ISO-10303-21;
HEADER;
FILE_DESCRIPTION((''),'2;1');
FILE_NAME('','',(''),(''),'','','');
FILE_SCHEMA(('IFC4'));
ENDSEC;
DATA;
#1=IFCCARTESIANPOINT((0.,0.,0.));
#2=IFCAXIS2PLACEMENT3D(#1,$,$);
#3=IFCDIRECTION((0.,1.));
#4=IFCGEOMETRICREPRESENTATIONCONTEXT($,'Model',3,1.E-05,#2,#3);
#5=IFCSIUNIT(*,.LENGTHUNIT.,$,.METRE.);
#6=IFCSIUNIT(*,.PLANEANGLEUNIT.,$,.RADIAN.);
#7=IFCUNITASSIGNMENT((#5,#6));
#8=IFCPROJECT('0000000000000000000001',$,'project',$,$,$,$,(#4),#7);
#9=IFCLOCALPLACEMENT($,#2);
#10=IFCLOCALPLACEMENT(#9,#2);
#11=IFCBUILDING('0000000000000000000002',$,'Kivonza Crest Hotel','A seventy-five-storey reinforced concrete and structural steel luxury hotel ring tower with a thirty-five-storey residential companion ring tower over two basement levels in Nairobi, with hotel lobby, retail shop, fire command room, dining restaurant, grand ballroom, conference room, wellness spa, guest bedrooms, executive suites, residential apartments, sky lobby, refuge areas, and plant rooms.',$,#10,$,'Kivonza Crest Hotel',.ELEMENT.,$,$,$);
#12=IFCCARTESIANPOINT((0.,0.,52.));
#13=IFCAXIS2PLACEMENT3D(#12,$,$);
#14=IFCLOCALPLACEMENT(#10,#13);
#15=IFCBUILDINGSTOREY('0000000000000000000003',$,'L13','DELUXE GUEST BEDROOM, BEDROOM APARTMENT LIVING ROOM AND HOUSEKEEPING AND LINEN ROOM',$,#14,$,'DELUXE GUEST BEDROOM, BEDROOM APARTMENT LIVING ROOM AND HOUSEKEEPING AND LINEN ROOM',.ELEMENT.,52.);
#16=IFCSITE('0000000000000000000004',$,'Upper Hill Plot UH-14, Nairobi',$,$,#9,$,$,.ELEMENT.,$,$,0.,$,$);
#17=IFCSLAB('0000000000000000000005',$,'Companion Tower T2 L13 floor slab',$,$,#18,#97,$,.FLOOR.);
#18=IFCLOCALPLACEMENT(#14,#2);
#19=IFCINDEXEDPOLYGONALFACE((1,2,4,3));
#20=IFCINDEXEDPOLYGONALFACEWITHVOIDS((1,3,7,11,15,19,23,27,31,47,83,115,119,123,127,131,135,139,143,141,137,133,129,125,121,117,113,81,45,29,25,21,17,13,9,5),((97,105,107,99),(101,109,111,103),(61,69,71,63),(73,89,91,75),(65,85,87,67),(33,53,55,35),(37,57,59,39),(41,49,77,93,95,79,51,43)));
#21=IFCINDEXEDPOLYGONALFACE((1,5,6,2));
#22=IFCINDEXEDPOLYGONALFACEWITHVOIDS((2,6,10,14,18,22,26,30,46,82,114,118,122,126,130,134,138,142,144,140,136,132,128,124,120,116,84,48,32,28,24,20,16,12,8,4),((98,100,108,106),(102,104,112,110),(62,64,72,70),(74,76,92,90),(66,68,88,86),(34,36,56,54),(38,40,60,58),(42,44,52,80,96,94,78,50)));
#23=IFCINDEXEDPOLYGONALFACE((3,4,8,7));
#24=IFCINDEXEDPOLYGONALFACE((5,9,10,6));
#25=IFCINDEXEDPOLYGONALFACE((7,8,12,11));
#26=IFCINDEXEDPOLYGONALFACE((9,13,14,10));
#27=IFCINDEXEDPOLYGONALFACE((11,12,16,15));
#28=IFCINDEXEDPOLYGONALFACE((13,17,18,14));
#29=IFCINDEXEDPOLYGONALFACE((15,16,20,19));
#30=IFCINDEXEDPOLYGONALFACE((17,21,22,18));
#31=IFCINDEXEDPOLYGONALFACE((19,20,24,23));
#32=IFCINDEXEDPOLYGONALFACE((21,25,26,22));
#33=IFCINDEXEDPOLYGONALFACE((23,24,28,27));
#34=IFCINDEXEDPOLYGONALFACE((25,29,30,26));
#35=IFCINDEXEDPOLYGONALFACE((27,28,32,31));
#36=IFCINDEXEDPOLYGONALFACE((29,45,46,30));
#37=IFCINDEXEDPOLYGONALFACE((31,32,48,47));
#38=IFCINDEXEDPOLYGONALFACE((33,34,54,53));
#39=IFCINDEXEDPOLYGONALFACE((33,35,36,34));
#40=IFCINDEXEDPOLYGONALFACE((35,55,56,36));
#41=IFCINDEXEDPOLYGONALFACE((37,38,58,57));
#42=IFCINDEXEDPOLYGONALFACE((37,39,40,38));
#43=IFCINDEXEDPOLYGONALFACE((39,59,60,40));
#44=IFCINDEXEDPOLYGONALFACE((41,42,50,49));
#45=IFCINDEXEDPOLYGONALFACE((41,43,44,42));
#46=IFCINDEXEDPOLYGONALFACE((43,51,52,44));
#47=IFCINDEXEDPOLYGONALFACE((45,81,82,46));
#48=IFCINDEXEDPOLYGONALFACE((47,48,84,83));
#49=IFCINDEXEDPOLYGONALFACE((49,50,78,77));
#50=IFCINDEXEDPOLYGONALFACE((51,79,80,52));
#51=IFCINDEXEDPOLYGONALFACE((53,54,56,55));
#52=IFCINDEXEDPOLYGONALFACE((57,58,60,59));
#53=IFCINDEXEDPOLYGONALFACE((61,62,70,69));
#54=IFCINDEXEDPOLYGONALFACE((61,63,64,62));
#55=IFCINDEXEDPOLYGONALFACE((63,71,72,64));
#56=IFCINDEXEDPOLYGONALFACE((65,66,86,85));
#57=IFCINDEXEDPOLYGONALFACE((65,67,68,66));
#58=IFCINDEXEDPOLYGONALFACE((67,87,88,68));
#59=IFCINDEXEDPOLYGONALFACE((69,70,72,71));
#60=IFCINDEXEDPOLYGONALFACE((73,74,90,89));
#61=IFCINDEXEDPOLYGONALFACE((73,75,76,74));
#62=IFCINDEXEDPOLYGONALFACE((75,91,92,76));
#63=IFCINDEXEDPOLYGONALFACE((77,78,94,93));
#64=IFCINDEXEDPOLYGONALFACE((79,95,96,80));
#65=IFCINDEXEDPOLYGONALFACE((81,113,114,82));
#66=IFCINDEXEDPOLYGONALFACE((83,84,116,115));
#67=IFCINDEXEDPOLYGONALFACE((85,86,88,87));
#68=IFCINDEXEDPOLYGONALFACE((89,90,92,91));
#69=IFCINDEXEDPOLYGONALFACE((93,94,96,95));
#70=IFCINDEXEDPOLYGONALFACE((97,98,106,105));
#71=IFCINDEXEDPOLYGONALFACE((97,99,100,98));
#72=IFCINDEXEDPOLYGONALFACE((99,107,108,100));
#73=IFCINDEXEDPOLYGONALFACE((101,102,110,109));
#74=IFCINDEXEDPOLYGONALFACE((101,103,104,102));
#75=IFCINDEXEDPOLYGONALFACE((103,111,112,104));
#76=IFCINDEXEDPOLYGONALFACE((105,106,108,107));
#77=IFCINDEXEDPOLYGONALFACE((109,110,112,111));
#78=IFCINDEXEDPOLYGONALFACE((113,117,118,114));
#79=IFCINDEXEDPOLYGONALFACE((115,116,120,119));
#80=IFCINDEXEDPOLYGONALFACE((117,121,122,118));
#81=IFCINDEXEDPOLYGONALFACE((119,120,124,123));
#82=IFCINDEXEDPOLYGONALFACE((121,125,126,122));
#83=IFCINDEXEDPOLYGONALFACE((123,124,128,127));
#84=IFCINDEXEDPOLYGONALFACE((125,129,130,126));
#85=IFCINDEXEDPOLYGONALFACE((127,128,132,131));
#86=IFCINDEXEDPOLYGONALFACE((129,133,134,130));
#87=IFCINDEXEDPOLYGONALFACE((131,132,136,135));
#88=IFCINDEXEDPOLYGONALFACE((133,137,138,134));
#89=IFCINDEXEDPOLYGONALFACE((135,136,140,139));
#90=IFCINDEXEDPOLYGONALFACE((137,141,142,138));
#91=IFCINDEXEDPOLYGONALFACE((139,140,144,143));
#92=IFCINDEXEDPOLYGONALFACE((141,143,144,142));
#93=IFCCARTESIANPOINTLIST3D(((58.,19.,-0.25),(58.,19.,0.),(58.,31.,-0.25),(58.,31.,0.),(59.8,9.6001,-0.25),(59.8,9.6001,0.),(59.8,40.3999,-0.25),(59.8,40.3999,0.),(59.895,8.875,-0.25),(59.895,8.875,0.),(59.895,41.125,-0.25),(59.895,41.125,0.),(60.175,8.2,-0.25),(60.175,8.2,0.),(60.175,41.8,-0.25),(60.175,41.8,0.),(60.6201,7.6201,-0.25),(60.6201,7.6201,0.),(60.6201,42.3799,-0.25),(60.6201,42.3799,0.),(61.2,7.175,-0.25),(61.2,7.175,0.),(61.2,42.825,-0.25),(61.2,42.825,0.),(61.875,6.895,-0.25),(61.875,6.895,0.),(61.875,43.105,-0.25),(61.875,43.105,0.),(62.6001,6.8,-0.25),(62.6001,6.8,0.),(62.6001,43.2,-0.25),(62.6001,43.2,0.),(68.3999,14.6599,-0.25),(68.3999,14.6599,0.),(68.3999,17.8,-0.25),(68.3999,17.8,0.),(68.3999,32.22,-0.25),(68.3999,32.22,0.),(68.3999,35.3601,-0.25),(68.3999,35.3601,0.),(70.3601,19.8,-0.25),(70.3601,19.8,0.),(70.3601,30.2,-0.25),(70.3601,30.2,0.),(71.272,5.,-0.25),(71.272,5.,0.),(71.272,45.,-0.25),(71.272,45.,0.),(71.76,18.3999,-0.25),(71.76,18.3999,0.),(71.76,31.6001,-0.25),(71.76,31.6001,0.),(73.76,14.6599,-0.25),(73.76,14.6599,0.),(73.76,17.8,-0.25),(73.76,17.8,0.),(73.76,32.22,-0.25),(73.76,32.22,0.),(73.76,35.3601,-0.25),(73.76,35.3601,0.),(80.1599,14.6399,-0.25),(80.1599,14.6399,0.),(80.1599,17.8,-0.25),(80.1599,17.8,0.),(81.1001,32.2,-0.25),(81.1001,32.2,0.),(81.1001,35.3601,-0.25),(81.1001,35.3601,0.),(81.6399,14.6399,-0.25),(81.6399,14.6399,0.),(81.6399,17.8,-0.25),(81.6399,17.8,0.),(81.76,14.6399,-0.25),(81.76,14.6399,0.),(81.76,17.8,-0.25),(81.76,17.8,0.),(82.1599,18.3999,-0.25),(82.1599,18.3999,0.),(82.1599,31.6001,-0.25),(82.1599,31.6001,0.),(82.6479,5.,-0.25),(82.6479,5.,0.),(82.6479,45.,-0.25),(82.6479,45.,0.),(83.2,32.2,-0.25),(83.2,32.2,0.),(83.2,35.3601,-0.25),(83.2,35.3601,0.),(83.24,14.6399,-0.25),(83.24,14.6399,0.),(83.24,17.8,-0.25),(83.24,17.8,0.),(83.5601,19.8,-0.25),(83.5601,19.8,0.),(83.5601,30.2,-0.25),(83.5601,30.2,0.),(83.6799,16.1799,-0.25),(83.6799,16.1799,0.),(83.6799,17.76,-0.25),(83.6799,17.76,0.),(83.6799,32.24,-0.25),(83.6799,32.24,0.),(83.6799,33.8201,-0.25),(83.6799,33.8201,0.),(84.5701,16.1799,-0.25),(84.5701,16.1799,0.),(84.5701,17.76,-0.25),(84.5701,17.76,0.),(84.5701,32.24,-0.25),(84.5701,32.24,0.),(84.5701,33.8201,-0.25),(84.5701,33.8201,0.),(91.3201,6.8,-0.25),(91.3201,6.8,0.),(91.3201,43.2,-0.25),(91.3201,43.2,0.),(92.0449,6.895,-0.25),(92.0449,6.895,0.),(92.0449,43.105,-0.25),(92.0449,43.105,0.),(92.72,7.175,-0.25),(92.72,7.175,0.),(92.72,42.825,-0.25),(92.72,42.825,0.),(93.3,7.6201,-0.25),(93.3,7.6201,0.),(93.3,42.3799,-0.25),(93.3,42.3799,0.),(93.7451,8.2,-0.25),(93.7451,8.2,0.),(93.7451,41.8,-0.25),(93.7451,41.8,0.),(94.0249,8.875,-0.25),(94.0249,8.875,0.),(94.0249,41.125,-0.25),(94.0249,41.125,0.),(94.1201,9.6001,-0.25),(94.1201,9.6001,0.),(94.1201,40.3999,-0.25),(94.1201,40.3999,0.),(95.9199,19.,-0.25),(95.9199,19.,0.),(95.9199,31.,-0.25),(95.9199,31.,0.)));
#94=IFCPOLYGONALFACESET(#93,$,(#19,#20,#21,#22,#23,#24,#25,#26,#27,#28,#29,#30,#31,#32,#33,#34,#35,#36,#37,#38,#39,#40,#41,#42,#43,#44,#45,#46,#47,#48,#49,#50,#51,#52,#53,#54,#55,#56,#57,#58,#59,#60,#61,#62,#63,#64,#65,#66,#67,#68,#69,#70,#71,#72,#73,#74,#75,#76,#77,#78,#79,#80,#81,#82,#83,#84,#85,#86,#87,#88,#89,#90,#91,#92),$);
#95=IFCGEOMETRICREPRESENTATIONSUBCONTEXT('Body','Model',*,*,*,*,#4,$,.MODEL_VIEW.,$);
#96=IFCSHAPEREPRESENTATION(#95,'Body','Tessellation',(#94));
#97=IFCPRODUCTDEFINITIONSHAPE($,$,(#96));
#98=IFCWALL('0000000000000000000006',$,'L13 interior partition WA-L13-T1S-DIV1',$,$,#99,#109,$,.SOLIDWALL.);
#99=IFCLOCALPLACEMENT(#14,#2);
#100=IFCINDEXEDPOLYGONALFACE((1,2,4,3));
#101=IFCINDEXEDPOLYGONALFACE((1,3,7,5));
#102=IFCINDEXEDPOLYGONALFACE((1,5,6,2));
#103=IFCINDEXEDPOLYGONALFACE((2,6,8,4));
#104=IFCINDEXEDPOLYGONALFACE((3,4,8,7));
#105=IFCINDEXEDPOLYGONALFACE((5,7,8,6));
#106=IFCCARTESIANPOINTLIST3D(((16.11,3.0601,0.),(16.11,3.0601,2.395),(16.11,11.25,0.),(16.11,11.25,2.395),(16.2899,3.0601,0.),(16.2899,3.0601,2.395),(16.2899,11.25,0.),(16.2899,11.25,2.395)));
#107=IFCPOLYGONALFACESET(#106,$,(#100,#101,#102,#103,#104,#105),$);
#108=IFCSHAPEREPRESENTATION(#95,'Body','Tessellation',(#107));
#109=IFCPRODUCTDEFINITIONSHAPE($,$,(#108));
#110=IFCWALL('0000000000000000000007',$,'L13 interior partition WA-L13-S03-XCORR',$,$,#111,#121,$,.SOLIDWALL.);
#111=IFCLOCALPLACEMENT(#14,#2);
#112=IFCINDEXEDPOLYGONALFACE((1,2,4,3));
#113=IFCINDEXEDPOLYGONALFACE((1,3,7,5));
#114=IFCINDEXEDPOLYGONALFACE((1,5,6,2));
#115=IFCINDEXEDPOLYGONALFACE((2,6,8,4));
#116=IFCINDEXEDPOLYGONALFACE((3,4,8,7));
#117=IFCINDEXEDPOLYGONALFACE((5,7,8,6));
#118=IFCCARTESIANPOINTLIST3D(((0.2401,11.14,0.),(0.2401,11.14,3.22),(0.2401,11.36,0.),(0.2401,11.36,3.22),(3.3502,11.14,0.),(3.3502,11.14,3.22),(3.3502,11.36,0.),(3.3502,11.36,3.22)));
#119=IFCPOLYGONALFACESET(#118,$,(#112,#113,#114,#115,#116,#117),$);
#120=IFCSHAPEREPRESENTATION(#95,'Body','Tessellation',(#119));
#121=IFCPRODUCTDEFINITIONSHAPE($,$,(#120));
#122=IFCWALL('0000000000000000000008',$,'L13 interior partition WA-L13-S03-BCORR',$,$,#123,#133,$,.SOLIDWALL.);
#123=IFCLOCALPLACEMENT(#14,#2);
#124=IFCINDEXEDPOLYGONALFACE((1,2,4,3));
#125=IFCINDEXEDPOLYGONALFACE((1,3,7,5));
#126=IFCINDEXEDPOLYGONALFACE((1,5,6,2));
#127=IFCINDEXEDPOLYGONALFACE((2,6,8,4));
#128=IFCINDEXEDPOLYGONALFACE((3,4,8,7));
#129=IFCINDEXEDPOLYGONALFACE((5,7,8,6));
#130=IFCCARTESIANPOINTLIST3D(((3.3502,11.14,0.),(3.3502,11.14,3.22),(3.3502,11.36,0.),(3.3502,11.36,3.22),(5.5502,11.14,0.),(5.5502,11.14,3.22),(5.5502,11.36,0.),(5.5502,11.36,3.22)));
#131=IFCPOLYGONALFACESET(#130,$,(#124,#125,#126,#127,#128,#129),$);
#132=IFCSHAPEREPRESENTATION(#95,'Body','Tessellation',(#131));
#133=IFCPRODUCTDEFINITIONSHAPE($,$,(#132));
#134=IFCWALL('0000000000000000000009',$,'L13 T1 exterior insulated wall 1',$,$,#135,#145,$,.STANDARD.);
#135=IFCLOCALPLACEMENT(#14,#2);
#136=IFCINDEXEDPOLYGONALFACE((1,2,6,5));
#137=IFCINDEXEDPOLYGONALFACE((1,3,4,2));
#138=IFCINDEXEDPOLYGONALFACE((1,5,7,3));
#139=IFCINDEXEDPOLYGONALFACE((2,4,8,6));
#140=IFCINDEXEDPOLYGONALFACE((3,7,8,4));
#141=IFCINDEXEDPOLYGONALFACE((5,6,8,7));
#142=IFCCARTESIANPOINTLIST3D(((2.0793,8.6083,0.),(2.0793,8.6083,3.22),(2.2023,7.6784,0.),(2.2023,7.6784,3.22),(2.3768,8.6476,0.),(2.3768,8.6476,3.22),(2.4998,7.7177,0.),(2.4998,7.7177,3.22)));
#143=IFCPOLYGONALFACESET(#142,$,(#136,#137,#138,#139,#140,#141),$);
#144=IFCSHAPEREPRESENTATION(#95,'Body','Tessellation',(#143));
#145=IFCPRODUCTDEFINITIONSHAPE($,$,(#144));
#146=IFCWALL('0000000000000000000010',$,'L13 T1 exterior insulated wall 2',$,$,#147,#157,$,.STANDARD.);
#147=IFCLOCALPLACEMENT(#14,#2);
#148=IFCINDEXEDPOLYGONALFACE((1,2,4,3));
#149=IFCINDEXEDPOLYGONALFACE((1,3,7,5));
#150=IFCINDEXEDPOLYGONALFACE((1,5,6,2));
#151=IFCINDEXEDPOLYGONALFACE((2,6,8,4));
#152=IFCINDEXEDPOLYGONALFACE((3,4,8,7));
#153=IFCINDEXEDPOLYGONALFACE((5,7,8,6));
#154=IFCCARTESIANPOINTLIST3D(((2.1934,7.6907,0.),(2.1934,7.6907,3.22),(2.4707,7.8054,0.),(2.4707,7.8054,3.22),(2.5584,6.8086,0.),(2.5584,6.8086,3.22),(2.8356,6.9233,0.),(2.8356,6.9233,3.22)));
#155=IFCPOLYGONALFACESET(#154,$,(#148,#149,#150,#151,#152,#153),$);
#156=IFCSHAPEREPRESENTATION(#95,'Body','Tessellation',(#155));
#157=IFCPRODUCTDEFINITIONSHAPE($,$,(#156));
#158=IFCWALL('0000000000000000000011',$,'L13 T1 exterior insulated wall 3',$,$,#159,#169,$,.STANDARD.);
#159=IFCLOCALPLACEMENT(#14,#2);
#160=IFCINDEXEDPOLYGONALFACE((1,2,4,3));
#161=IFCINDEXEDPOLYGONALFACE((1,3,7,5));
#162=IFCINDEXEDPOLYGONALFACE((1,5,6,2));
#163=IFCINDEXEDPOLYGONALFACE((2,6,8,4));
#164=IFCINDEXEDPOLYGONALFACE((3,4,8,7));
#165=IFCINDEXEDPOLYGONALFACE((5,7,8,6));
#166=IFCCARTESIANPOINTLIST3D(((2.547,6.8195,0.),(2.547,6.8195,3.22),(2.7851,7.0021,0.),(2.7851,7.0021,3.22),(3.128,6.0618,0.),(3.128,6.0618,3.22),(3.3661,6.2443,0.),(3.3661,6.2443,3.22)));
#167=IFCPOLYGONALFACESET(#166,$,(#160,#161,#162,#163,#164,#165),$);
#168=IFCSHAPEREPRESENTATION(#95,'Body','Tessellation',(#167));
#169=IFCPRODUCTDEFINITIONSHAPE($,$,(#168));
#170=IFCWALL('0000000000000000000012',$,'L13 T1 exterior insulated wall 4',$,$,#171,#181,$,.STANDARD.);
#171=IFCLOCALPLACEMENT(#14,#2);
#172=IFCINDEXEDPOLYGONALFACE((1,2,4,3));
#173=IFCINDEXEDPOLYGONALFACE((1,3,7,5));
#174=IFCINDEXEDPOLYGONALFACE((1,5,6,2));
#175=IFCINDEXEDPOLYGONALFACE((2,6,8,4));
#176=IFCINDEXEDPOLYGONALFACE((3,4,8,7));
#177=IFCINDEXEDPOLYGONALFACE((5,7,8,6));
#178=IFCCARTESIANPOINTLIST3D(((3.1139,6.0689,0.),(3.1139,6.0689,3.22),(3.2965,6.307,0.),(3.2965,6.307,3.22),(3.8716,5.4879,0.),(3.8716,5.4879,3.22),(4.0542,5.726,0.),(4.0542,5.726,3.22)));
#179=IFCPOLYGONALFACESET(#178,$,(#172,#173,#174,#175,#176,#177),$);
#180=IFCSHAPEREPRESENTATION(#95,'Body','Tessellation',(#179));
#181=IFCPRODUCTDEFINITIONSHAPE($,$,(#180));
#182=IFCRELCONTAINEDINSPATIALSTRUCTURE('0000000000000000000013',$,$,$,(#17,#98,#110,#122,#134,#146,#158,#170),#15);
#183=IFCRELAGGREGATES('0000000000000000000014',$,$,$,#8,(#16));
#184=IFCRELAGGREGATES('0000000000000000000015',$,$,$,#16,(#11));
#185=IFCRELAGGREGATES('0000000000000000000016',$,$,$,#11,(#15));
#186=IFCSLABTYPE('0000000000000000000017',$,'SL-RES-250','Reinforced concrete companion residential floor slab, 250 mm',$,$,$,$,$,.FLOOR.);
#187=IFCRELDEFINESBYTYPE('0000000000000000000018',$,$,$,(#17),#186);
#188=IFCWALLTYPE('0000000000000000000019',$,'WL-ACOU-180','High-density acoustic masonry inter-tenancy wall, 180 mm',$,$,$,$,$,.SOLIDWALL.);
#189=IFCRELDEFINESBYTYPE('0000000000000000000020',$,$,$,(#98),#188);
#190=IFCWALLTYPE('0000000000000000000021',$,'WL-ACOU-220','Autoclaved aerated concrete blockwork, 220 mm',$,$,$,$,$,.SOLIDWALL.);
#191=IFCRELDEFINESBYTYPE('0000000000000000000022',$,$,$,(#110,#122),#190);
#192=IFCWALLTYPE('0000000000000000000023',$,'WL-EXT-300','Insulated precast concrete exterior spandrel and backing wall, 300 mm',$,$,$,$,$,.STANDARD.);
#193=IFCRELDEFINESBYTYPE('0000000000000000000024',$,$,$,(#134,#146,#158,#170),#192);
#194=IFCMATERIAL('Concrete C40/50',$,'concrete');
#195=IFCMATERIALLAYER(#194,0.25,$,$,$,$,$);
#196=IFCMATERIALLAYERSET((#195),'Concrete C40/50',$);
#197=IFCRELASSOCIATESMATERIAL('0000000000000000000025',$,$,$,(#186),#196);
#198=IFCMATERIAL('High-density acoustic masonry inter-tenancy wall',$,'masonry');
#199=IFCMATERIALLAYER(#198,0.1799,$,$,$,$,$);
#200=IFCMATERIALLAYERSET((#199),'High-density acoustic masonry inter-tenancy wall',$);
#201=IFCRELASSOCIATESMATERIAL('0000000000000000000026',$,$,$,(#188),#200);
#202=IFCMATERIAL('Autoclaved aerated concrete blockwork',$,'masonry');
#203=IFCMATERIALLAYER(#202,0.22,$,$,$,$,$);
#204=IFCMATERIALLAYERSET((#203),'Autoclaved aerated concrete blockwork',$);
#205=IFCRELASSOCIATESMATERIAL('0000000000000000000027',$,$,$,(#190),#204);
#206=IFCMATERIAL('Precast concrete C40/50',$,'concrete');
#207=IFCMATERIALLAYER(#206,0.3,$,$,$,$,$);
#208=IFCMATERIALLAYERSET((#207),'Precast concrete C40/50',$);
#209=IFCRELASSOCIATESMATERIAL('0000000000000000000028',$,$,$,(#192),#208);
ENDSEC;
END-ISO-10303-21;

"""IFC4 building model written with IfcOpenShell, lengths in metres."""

from ifc_helpers import new_model, si_unit, direction, frame, frame_2d, origin, place, context, subcontext, project, spatial, polyline, rectangle, outline, extrude, material, layer, layer_set, type_object, element, save


model = new_model("IFC4")

# Units and contexts
model_context = context("Model", 3, precision=1e-05, world=origin(), true_north=direction((0.0, 1.0)))
body_context = subcontext(model_context, "Body", "Model", "MODEL_VIEW")
ifc_project = project(units=[si_unit("LENGTHUNIT", "METRE"), si_unit("PLANEANGLEUNIT", "RADIAN")], contexts=[model_context])

# Site, building, storey
site_placement = place(None, origin())
site = spatial("IfcSite", under=ifc_project, at=site_placement, Name="Upper Hill Plot UH-14, Nairobi", CompositionType="ELEMENT", RefElevation=0.0)
building_placement = place(site_placement, origin())
building = spatial("IfcBuilding", under=site, at=building_placement, Name="Kivonza Crest Hotel", Description="A seventy-five-storey reinforced concrete and structural steel luxury hotel ring tower with a thirty-five-storey residential companion ring tower over two basement levels in Nairobi, with hotel lobby, retail shop, fire command room, dining restaurant, grand ballroom, conference room, wellness spa, guest bedrooms, executive suites, residential apartments, sky lobby, refuge areas, and plant rooms.", LongName="Kivonza Crest Hotel", CompositionType="ELEMENT")
storey_placement = place(building_placement, frame((0.0, 0.0, 52.0)))
storey = spatial("IfcBuildingStorey", under=building, at=storey_placement, Name="L13", Description="DELUXE GUEST BEDROOM, BEDROOM APARTMENT LIVING ROOM AND HOUSEKEEPING AND LINEN ROOM", LongName="DELUXE GUEST BEDROOM, BEDROOM APARTMENT LIVING ROOM AND HOUSEKEEPING AND LINEN ROOM", CompositionType="ELEMENT", Elevation=52.0)

# Shared definitions
ifc_material_1 = material(Name="Concrete C40/50", Category="concrete")

# Slab
ifc_layer_1 = layer(ifc_material_1, 0.25)
ifc_layer_set_1 = layer_set([ifc_layer_1], Name="Concrete C40/50")
slab_type_1 = type_object("IfcSlabType", Name="SL-RES-250", Description="Reinforced concrete companion residential floor slab, 250 mm", PredefinedType="FLOOR", material=ifc_layer_set_1)
slab_1_placement = place(storey_placement, frame((0.0, 0.0, -0.25)))
element("IfcSlab", 1, at=slab_1_placement, inside=storey, type_object=slab_type_1, Name="Companion Tower T2 L13 floor slab", PredefinedType="FLOOR", context=body_context, shape_type="SweptSolid", body=[
    extrude(outline(polyline([(59.8, 9.6001), (59.895, 8.875), (60.175, 8.2), (60.6201, 7.6201), (61.2, 7.175), (61.875, 6.895), (62.6001, 6.8), (71.272, 5.0), (82.6479, 5.0), (91.3201, 6.8), (92.0449, 6.895), (92.72, 7.175), (93.3, 7.6201), (93.7451, 8.2), (94.0249, 8.875), (94.1201, 9.6001), (95.9199, 19.0), (95.9199, 31.0), (94.1201, 40.3999), (94.0249, 41.125), (93.7451, 41.8), (93.3, 42.3799), (92.72, 42.825), (92.0449, 43.105), (91.3201, 43.2), (82.6479, 45.0), (71.272, 45.0), (62.6001, 43.2), (61.875, 43.105), (61.2, 42.825), (60.6201, 42.3799), (60.175, 41.8), (59.895, 41.125), (59.8, 40.3999), (58.0, 31.0), (58.0, 19.0), (59.8, 9.6001)]), holes=[polyline([(71.76, 18.3999), (82.1599, 18.3999), (83.5601, 19.8), (83.5601, 30.2), (82.1599, 31.6001), (71.76, 31.6001), (70.3601, 30.2), (70.3601, 19.8), (71.76, 18.3999)]), polyline([(68.3999, 32.22), (73.76, 32.22), (73.76, 35.3601), (68.3999, 35.3601), (68.3999, 32.22)]), polyline([(68.3999, 14.6599), (73.76, 14.6599), (73.76, 17.8), (68.3999, 17.8), (68.3999, 14.6599)]), polyline([(83.6799, 32.24), (84.5701, 32.24), (84.5701, 33.8201), (83.6799, 33.8201), (83.6799, 32.24)]), polyline([(83.6799, 16.1799), (84.5701, 16.1799), (84.5701, 17.76), (83.6799, 17.76), (83.6799, 16.1799)]), polyline([(81.1001, 32.2), (83.2, 32.2), (83.2, 35.3601), (81.1001, 35.3601), (81.1001, 32.2)]), polyline([(80.1599, 14.6399), (81.6399, 14.6399), (81.6399, 17.8), (80.1599, 17.8), (80.1599, 14.6399)]), polyline([(81.76, 14.6399), (83.24, 14.6399), (83.24, 17.8), (81.76, 17.8), (81.76, 14.6399)])]), origin(), (0.0, 0.0, 1.0), 0.25),
])

# Walls
ifc_material_2 = material(Name="High-density acoustic masonry inter-tenancy wall", Category="masonry")
ifc_layer_2 = layer(ifc_material_2, 0.1799)
ifc_layer_set_2 = layer_set([ifc_layer_2], Name="High-density acoustic masonry inter-tenancy wall")
wall_type_1 = type_object("IfcWallType", Name="WL-ACOU-180", Description="High-density acoustic masonry inter-tenancy wall, 180 mm", PredefinedType="SOLIDWALL", material=ifc_layer_set_2)
wall_1_placement = place(storey_placement, frame((16.2, 3.0601, 0.0), z_axis=(0.0, 0.0, 1.0), x_axis=(0.0, 1.0, 0.0)))
element("IfcWall", 2, at=wall_1_placement, inside=storey, type_object=wall_type_1, Name="L13 interior partition WA-L13-T1S-DIV1", PredefinedType="SOLIDWALL", context=body_context, shape_type="SweptSolid", body=[
    extrude(rectangle(XDim=8.1899, YDim=0.1799, at=frame_2d((4.095, 0.0))), origin(), (0.0, 0.0, 1.0), 2.395),
])
ifc_material_3 = material(Name="Autoclaved aerated concrete blockwork", Category="masonry")
ifc_layer_3 = layer(ifc_material_3, 0.22)
ifc_layer_set_3 = layer_set([ifc_layer_3], Name="Autoclaved aerated concrete blockwork")
wall_type_2 = type_object("IfcWallType", Name="WL-ACOU-220", Description="Autoclaved aerated concrete blockwork, 220 mm", PredefinedType="SOLIDWALL", material=ifc_layer_set_3)
wall_2_placement = place(storey_placement, frame((0.24, 11.25, 0.0), z_axis=(0.0, 0.0, 1.0), x_axis=(1.0, 0.0, 0.0)))
element("IfcWall", 3, at=wall_2_placement, inside=storey, type_object=wall_type_2, Name="L13 interior partition WA-L13-S03-XCORR", PredefinedType="SOLIDWALL", context=body_context, shape_type="SweptSolid", body=[
    extrude(rectangle(XDim=3.1101, YDim=0.22, at=frame_2d((1.5552, 0.0))), origin(), (0.0, 0.0, 1.0), 3.22),
])
wall_3_placement = place(storey_placement, frame((3.3501, 11.25, 0.0), z_axis=(0.0, 0.0, 1.0), x_axis=(1.0, 0.0, 0.0)))
element("IfcWall", 4, at=wall_3_placement, inside=storey, type_object=wall_type_2, Name="L13 interior partition WA-L13-S03-BCORR", PredefinedType="SOLIDWALL", context=body_context, shape_type="SweptSolid", body=[
    extrude(rectangle(XDim=2.2, YDim=0.22, at=frame_2d((1.1001, 0.0))), origin(), (0.0, 0.0, 1.0), 3.22),
])
ifc_material_4 = material(Name="Precast concrete C40/50", Category="concrete")
ifc_layer_4 = layer(ifc_material_4, 0.3)
ifc_layer_set_4 = layer_set([ifc_layer_4], Name="Precast concrete C40/50")
wall_type_3 = type_object("IfcWallType", Name="WL-EXT-300", Description="Insulated precast concrete exterior spandrel and backing wall, 300 mm", PredefinedType="STANDARD", material=ifc_layer_set_4)
wall_4_placement = place(storey_placement, frame((2.228, 8.6279, 0.0), z_axis=(0.0, 0.0, 1.0), x_axis=(0.131175, -0.991359, 0.0)))
element("IfcWall", 5, at=wall_4_placement, inside=storey, type_object=wall_type_3, Name="L13 T1 exterior insulated wall 1", PredefinedType="STANDARD", context=body_context, shape_type="SweptSolid", body=[
    extrude(rectangle(XDim=0.938, YDim=0.3, at=frame_2d((0.469, 0.0))), origin(), (0.0, 0.0, 1.0), 3.22),
])
wall_5_placement = place(storey_placement, frame((2.332, 7.748, 0.0), z_axis=(0.0, 0.0, 1.0), x_axis=(0.382344, -0.92402, 0.0)))
element("IfcWall", 6, at=wall_5_placement, inside=storey, type_object=wall_type_3, Name="L13 T1 exterior insulated wall 2", PredefinedType="STANDARD", context=body_context, shape_type="SweptSolid", body=[
    extrude(rectangle(XDim=0.9546, YDim=0.3, at=frame_2d((0.4773, 0.0))), origin(), (0.0, 0.0, 1.0), 3.22),
])
for number, where, z_axis, x_axis, name in (
    (7, (2.666, 6.9109, 0.0), (0.0, 0.0, 1.0), (0.608474, -0.793573, 0.0), "L13 T1 exterior insulated wall 3"),
    (8, (3.2051, 6.188, 0.0), (0.0, 0.0, 1.0), (0.793573, -0.608474, 0.0), "L13 T1 exterior insulated wall 4"),
):
    element("IfcWall", number, at=place(storey_placement, frame(where, z_axis=z_axis, x_axis=x_axis)), inside=storey, type_object=wall_type_3, Name=name, PredefinedType="STANDARD", context=body_context, shape_type="SweptSolid", body=[
        extrude(rectangle(XDim=0.9548, YDim=0.3, at=frame_2d((0.4775, 0.0))), origin(), (0.0, 0.0, 1.0), 3.22),
    ])

save(model, "model.ifc")
